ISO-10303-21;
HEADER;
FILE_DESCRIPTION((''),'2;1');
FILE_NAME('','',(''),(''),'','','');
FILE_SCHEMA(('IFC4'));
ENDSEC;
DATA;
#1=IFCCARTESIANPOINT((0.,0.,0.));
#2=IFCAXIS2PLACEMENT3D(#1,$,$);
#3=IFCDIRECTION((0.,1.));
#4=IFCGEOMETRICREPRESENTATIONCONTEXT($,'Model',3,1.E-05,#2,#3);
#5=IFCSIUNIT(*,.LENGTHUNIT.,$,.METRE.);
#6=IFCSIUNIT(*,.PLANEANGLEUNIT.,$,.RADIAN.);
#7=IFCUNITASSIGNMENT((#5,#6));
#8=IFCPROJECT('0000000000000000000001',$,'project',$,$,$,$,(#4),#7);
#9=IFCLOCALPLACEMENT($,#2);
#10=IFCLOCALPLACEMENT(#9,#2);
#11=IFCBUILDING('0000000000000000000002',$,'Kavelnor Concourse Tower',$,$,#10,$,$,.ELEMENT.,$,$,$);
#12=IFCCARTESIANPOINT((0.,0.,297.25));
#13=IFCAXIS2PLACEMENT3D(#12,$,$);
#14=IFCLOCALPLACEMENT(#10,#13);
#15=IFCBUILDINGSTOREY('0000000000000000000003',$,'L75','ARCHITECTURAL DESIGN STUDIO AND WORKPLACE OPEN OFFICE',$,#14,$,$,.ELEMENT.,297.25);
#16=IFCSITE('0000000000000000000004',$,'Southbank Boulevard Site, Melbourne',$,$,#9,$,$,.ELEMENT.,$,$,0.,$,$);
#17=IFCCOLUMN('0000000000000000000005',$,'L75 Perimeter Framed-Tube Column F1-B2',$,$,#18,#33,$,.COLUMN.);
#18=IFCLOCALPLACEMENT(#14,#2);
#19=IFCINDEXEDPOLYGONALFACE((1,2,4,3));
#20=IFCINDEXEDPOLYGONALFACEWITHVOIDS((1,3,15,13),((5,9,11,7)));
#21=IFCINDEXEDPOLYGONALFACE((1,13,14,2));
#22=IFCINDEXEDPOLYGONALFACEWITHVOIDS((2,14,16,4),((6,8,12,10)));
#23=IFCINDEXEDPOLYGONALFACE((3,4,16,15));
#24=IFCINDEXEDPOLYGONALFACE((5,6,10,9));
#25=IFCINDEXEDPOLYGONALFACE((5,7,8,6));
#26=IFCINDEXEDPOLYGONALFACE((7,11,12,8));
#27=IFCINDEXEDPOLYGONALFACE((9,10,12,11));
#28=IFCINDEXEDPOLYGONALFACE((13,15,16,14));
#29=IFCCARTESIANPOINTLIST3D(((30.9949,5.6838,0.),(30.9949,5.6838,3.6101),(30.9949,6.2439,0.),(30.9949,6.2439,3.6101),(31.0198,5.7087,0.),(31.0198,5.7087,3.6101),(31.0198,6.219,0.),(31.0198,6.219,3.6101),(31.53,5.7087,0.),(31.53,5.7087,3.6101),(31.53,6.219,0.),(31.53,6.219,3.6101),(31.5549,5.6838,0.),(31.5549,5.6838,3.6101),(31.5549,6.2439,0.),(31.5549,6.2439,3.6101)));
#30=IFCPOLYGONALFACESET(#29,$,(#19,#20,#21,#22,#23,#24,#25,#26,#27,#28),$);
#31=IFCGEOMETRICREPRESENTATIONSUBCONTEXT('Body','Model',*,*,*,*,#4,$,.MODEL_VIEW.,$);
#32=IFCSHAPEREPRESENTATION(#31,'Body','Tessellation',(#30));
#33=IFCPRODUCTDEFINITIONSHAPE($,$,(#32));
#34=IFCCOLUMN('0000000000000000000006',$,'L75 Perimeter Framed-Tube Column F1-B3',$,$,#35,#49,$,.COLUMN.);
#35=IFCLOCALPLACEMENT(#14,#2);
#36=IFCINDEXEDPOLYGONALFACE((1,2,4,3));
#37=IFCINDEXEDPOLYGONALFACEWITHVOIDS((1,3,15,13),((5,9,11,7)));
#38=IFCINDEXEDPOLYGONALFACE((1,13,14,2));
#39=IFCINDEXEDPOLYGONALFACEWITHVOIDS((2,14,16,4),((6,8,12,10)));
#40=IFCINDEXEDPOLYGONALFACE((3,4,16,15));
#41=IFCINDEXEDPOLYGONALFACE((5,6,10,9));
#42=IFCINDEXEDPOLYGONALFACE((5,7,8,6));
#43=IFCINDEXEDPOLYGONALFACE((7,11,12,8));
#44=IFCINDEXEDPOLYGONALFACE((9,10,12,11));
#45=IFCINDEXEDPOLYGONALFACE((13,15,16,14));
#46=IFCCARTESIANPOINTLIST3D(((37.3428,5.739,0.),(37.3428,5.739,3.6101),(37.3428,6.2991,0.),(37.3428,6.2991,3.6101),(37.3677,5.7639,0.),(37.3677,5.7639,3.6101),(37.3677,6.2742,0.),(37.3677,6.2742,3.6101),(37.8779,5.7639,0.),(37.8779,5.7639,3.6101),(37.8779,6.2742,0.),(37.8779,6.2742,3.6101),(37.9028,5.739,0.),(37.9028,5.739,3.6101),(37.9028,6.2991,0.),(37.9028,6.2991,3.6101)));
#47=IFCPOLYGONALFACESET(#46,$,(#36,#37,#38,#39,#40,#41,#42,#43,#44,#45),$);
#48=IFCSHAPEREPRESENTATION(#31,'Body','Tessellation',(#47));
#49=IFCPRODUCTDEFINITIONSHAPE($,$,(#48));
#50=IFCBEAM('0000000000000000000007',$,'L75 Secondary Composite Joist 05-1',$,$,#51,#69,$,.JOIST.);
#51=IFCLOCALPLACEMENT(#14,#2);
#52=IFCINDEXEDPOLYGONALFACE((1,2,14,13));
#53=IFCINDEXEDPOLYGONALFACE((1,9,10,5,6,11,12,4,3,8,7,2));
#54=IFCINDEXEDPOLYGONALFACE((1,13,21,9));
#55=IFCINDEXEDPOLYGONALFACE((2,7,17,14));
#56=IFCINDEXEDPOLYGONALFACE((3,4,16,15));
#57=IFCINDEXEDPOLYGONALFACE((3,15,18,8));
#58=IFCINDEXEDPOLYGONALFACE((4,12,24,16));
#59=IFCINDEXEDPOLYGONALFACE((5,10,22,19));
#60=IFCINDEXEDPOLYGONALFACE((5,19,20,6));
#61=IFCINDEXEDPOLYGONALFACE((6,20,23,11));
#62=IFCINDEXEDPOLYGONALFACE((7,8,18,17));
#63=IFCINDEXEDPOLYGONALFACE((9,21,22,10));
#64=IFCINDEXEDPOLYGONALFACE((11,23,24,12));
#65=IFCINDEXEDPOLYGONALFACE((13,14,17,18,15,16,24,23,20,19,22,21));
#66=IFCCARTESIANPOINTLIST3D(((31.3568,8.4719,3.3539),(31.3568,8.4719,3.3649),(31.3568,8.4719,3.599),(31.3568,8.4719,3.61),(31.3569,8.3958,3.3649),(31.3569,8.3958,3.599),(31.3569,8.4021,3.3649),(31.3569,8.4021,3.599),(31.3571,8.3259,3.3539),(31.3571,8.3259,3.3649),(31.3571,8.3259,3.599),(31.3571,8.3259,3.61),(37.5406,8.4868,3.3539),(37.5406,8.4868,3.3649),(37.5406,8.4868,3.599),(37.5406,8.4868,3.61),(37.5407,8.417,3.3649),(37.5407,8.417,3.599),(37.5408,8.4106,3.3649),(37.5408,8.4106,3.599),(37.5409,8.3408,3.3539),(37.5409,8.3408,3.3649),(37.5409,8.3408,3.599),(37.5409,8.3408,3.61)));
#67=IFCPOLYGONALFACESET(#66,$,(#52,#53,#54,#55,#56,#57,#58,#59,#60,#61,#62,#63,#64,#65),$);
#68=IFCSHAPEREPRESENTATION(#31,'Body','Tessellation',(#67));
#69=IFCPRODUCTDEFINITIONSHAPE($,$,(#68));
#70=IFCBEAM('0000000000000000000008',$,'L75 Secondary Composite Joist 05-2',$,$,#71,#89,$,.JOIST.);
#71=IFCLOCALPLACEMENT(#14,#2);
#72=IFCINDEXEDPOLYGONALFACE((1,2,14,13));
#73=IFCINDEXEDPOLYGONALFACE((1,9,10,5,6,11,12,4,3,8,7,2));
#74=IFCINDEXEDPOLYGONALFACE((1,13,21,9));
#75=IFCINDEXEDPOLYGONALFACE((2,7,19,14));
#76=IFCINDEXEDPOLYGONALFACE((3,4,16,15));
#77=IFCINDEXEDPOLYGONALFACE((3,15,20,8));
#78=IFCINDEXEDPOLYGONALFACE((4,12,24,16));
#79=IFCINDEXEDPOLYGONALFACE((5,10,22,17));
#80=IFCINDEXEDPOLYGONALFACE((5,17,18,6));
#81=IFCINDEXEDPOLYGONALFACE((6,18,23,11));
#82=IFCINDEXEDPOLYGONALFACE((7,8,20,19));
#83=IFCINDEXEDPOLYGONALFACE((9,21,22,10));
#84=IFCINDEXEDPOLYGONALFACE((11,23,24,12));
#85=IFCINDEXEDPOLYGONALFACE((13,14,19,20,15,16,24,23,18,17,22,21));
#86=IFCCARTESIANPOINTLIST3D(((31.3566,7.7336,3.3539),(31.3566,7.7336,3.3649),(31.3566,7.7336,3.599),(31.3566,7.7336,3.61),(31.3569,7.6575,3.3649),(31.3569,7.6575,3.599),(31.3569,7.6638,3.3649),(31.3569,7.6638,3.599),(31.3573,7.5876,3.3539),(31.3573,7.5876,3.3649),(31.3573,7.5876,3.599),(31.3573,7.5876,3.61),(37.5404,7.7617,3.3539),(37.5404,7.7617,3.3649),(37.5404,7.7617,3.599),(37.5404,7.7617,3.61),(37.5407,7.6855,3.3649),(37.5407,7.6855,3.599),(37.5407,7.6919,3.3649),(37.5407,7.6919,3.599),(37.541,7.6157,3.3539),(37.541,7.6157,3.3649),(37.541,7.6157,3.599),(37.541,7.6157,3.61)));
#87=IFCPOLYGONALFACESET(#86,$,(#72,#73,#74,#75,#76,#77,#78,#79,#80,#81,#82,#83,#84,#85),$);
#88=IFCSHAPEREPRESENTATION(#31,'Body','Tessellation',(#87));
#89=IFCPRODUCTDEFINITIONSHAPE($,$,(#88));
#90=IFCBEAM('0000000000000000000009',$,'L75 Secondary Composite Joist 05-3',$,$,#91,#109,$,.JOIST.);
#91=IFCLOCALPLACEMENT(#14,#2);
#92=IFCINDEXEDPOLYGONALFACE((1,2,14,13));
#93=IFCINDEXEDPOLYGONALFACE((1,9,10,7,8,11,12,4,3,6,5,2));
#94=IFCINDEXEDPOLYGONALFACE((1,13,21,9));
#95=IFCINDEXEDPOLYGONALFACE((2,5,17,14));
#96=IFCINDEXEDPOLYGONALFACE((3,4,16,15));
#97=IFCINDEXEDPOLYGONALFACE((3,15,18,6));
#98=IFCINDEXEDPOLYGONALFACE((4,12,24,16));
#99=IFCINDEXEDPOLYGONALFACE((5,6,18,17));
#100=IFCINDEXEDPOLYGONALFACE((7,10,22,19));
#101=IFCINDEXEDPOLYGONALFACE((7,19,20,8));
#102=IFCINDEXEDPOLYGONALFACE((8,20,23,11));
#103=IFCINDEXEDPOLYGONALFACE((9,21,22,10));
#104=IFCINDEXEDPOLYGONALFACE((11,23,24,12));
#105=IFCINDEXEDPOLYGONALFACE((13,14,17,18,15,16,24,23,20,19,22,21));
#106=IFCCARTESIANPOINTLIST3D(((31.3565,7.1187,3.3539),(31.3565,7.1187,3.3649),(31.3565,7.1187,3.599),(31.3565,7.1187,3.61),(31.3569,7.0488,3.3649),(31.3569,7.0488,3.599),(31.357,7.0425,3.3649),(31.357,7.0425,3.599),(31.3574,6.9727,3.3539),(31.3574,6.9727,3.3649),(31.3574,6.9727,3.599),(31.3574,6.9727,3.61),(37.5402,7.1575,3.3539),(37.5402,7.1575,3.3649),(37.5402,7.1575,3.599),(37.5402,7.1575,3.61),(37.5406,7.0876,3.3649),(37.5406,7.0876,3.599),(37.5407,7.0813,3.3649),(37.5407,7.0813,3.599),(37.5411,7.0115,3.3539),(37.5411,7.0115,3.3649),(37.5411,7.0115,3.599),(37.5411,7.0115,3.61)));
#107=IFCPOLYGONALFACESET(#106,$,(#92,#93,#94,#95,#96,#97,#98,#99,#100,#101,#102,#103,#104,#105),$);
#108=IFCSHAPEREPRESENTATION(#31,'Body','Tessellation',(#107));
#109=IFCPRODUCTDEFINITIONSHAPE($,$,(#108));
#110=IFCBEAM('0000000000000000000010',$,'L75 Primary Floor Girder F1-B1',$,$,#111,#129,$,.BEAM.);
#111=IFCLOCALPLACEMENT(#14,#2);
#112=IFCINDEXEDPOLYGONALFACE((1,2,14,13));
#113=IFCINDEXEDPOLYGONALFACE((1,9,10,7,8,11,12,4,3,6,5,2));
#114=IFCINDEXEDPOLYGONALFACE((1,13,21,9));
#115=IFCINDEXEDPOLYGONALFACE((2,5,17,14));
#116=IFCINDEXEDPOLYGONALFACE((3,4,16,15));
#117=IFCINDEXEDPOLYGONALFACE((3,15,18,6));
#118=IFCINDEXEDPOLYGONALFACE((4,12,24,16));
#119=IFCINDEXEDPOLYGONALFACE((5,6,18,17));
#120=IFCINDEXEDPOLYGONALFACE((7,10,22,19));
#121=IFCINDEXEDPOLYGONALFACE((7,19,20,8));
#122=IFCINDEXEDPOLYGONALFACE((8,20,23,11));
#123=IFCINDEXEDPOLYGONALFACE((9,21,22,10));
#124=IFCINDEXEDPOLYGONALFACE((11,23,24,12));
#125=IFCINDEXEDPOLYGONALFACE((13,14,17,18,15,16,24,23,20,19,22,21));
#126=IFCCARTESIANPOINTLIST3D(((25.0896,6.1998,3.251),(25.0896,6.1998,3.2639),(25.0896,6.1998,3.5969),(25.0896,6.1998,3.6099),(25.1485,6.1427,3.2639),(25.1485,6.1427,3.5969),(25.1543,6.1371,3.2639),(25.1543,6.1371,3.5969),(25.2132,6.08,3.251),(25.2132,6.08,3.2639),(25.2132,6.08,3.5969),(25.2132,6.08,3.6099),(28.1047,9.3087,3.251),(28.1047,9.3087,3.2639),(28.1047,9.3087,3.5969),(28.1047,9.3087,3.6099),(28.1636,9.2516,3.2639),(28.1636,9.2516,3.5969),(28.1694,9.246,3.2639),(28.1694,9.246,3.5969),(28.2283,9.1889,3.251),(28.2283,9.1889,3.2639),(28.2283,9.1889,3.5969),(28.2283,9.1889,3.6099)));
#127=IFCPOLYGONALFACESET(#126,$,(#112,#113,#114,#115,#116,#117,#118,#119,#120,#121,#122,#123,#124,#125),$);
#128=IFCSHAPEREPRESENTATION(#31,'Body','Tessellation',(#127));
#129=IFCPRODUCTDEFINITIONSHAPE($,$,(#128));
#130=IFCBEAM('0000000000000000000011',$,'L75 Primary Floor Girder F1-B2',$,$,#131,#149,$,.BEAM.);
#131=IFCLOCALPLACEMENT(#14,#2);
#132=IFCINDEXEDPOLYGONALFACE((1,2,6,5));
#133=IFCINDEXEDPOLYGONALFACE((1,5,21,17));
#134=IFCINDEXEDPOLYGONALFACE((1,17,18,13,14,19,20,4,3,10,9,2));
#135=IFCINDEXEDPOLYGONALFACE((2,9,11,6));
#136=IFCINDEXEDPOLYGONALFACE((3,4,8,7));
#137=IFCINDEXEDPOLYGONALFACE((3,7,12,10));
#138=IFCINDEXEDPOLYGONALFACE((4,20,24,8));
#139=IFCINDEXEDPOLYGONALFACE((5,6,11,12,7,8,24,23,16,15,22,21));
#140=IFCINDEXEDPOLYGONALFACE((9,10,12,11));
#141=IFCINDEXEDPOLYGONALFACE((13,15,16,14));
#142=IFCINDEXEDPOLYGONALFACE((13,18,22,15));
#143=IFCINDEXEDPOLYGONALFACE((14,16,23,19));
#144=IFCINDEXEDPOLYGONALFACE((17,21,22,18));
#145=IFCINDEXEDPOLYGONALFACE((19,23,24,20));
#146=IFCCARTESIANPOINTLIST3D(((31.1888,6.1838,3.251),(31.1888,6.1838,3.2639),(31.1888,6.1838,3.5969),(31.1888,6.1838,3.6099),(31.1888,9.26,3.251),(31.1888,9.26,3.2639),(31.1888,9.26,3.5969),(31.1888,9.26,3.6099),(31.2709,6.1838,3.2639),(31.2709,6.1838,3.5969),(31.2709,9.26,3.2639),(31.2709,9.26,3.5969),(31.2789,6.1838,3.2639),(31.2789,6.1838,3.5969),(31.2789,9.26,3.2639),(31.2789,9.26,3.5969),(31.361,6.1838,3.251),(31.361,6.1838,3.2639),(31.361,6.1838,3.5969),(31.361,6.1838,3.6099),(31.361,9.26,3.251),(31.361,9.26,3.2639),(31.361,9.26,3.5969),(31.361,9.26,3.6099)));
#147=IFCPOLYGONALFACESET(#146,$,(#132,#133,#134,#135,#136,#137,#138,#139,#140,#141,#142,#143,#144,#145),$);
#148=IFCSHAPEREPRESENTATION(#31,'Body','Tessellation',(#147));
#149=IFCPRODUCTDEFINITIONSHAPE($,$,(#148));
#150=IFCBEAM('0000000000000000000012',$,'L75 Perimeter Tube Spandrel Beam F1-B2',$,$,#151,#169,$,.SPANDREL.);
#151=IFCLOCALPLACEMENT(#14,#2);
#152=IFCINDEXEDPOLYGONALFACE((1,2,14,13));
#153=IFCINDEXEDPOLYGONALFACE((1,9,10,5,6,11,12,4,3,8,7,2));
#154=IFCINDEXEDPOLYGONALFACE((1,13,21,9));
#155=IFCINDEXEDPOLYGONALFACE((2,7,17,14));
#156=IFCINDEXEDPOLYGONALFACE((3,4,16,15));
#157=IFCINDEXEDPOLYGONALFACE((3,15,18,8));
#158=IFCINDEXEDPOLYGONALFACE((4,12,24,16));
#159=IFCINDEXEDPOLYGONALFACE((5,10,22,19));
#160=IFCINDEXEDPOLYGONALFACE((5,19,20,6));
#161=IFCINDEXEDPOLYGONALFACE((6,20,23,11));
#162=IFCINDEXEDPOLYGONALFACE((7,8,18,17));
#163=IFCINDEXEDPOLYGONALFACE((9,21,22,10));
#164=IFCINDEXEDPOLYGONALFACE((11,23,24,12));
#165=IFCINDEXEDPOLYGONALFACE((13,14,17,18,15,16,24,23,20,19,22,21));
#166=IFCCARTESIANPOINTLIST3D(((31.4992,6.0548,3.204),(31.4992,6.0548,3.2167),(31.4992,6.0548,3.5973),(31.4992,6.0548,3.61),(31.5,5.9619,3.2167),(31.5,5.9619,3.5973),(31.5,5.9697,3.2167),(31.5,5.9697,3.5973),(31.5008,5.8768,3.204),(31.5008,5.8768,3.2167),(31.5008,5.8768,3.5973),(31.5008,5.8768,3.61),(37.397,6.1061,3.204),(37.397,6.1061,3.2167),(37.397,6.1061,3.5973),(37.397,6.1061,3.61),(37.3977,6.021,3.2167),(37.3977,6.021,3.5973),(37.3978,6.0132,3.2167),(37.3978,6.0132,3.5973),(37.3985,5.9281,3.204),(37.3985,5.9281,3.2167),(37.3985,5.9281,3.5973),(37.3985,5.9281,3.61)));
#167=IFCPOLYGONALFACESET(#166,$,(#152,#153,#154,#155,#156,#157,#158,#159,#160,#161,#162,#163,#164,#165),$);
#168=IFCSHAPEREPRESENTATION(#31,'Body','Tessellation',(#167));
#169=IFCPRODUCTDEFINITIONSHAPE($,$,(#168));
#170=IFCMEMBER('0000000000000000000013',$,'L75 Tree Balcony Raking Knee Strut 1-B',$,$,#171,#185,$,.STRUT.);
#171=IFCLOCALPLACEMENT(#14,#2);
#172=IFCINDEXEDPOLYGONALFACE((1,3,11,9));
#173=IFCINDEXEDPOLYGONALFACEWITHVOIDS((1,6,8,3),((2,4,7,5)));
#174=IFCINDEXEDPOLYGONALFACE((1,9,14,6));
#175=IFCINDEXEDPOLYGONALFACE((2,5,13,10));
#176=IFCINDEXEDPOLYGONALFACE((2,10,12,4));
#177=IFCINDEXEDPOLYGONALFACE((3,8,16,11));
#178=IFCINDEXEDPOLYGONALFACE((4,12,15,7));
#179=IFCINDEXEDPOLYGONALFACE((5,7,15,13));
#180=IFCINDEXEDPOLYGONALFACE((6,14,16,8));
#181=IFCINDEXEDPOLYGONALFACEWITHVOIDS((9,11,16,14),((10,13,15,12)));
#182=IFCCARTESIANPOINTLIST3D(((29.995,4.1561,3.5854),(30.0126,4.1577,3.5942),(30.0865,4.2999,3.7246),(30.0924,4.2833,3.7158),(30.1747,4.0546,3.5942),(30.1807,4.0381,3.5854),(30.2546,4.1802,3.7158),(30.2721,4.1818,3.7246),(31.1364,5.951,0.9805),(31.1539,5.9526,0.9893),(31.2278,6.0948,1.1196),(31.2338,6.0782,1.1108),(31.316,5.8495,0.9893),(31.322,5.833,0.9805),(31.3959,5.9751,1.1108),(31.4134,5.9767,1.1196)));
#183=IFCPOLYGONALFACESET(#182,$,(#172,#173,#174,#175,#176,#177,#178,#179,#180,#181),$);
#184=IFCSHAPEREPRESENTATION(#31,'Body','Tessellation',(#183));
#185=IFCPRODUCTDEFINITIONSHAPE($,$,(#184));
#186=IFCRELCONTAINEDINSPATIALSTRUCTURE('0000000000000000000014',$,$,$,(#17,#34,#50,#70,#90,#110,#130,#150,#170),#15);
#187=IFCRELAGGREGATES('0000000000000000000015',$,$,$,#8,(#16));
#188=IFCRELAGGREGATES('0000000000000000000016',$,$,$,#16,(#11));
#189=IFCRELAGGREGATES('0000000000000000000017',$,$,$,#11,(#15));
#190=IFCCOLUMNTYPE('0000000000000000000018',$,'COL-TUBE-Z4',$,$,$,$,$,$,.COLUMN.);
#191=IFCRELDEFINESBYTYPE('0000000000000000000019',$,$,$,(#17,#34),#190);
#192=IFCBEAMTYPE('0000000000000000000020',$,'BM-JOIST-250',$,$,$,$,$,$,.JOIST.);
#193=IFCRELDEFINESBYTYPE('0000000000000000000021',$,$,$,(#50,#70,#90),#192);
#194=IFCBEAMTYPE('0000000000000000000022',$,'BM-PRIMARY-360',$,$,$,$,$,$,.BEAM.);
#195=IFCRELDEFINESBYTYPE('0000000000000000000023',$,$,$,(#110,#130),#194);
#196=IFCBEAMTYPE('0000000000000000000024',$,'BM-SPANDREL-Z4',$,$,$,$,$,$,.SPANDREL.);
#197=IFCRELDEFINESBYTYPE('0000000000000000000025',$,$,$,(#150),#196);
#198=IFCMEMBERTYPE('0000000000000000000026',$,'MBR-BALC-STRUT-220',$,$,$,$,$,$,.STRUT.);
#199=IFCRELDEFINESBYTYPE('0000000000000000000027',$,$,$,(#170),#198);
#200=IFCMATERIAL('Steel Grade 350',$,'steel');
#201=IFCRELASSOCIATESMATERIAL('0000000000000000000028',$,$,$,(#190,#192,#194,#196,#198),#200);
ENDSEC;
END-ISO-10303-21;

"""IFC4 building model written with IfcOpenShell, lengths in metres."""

from ifc_helpers import new_model, si_unit, direction, frame, origin, origin_2d, place, context, subcontext, project, spatial, hollow_rectangle, i_section, extrude, material, material_profile, profile_set, type_object, element, save


model = new_model("IFC4")

# Units and contexts
model_context = context("Model", 3, precision=1e-05, world=origin(), true_north=direction((0.0, 1.0)))
body_context = subcontext(model_context, "Body", "Model", "MODEL_VIEW")
ifc_project = project(units=[si_unit("LENGTHUNIT", "METRE"), si_unit("PLANEANGLEUNIT", "RADIAN")], contexts=[model_context])

# Site, building, storey
site_placement = place(None, origin())
site = spatial("IfcSite", under=ifc_project, at=site_placement, Name="Southbank Boulevard Site, Melbourne", CompositionType="ELEMENT", RefElevation=0.0)
building_placement = place(site_placement, origin())
building = spatial("IfcBuilding", under=site, at=building_placement, Name="Kavelnor Concourse Tower", CompositionType="ELEMENT")
storey_placement = place(building_placement, frame((0.0, 0.0, 297.25)))
storey = spatial("IfcBuildingStorey", under=building, at=storey_placement, Name="L75", Description="ARCHITECTURAL DESIGN STUDIO AND WORKPLACE OPEN OFFICE", CompositionType="ELEMENT", Elevation=297.25)

# Columns
ifc_material_1 = material(Name="Steel Grade 350", Category="steel")
ifc_material_profile_1 = material_profile(ifc_material_1, hollow_rectangle(XDim=0.5601, YDim=0.5601, WallThickness=0.0249, at=origin_2d()), Name="SHS 560x560x25")
ifc_profile_set_1 = profile_set([ifc_material_profile_1], Name="Steel Grade 350")
column_type = type_object("IfcColumnType", Name="COL-TUBE-Z4", PredefinedType="COLUMN", material=ifc_profile_set_1)
for number, where, z_axis, x_axis, name in (
    (1, (31.2749, 5.9639, 0.0), (0.0, 0.0, 1.0), (1.0, 0.0, 0.0), "L75 Perimeter Framed-Tube Column F1-B2"),
    (2, (37.6228, 6.019, 0.0), (0.0, 0.0, 1.0), (1.0, 0.0, 0.0), "L75 Perimeter Framed-Tube Column F1-B3"),
):
    element("IfcColumn", number, at=place(storey_placement, frame(where, z_axis=z_axis, x_axis=x_axis)), inside=storey, type_object=column_type, Name=name, PredefinedType="COLUMN", context=body_context, shape_type="SweptSolid", body=[
        extrude(hollow_rectangle(XDim=0.5601, YDim=0.5601, WallThickness=0.0249, at=origin_2d()), origin(), (0.0, 0.0, 1.0), 3.6101),
    ])

# Beams
ifc_material_profile_2 = material_profile(ifc_material_1, i_section(OverallWidth=0.146, OverallDepth=0.2561, WebThickness=0.0063, FlangeThickness=0.011, at=origin_2d()), Name="250UB37")
ifc_profile_set_2 = profile_set([ifc_material_profile_2], Name="Steel Grade 350")
beam_type_1 = type_object("IfcBeamType", Name="BM-JOIST-250", PredefinedType="JOIST", material=ifc_profile_set_2)
for number, where, z_axis, x_axis, name in (
    (3, (31.3569, 8.3989, 3.4819), (0.999997, 0.002408, 0.0), (-0.002408, 0.999997, 0.0), "L75 Secondary Composite Joist 05-1"),
    (4, (31.3569, 7.6606, 3.4819), (0.99999, 0.00454, 0.0), (-0.00454, 0.99999, 0.0), "L75 Secondary Composite Joist 05-2"),
    (5, (31.3569, 7.0457, 3.4819), (0.99998, 0.006277, 0.0), (-0.006277, 0.99998, 0.0), "L75 Secondary Composite Joist 05-3"),
):
    element("IfcBeam", number, at=place(storey_placement, frame(where, z_axis=z_axis, x_axis=x_axis)), inside=storey, type_object=beam_type_1, Name=name, PredefinedType="JOIST", context=body_context, shape_type="SweptSolid", body=[
        extrude(i_section(OverallWidth=0.146, OverallDepth=0.2561, WebThickness=0.0063, FlangeThickness=0.011, at=origin_2d()), origin(), (0.0, 0.0, 1.0), 6.1838),
    ])
ifc_material_profile_3 = material_profile(ifc_material_1, i_section(OverallWidth=0.1721, OverallDepth=0.3589, WebThickness=0.0081, FlangeThickness=0.0129, at=origin_2d()), Name="360UB56")
ifc_profile_set_3 = profile_set([ifc_material_profile_3], Name="Steel Grade 350")
beam_type_2 = type_object("IfcBeamType", Name="BM-PRIMARY-360", PredefinedType="BEAM", material=ifc_profile_set_3)
beam_1_placement = place(storey_placement, frame((28.1665, 9.2488, 3.4304), z_axis=(-0.6962, -0.717847, 0.0), x_axis=(0.717847, -0.6962, 0.0)))
element("IfcBeam", 6, at=beam_1_placement, inside=storey, type_object=beam_type_2, Name="L75 Primary Floor Girder F1-B1", PredefinedType="BEAM", context=body_context, shape_type="SweptSolid", body=[
    extrude(i_section(OverallWidth=0.1721, OverallDepth=0.3589, WebThickness=0.0081, FlangeThickness=0.0129, at=origin_2d()), origin(), (0.0, 0.0, 1.0), 4.3308),
])
beam_2_placement = place(storey_placement, frame((31.2749, 9.26, 3.4304), z_axis=(0.0, -1.0, 0.0), x_axis=(1.0, 0.0, 0.0)))
element("IfcBeam", 7, at=beam_2_placement, inside=storey, type_object=beam_type_2, Name="L75 Primary Floor Girder F1-B2", PredefinedType="BEAM", context=body_context, shape_type="SweptSolid", body=[
    extrude(i_section(OverallWidth=0.1721, OverallDepth=0.3589, WebThickness=0.0081, FlangeThickness=0.0129, at=origin_2d()), origin(), (0.0, 0.0, 1.0), 3.0762),
])
ifc_material_profile_4 = material_profile(ifc_material_1, i_section(OverallWidth=0.178, OverallDepth=0.406, WebThickness=0.0078, FlangeThickness=0.0127, at=origin_2d()), Name="410UB59")
ifc_profile_set_4 = profile_set([ifc_material_profile_4], Name="Steel Grade 350")
beam_type_3 = type_object("IfcBeamType", Name="BM-SPANDREL-Z4", PredefinedType="SPANDREL", material=ifc_profile_set_4)
beam_3_placement = place(storey_placement, frame((31.5, 5.9658, 3.407), z_axis=(0.999962, 0.008693, 0.0), x_axis=(-0.008693, 0.999962, 0.0)))
element("IfcBeam", 8, at=beam_3_placement, inside=storey, type_object=beam_type_3, Name="L75 Perimeter Tube Spandrel Beam F1-B2", PredefinedType="SPANDREL", context=body_context, shape_type="SweptSolid", body=[
    extrude(i_section(OverallWidth=0.178, OverallDepth=0.406, WebThickness=0.0078, FlangeThickness=0.0127, at=origin_2d()), origin(), (0.0, 0.0, 1.0), 5.8979),
])

# Member
ifc_material_profile_5 = material_profile(ifc_material_1, hollow_rectangle(XDim=0.22, YDim=0.22, WallThickness=0.0139, at=origin_2d()), Name="SHS 220x220x14")
ifc_profile_set_5 = profile_set([ifc_material_profile_5], Name="Steel Grade 350")
member_type_1 = type_object("IfcMemberType", Name="MBR-BALC-STRUT-220", PredefinedType="STRUT", material=ifc_profile_set_5)
member_1_placement = place(storey_placement, frame((31.2749, 5.9639, 1.05), z_axis=(-0.339378, -0.533712, 0.77458), x_axis=(0.843846, -0.536586, 0.0)))
element("IfcMember", 9, at=member_1_placement, inside=storey, type_object=member_type_1, Name="L75 Tree Balcony Raking Knee Strut 1-B", PredefinedType="STRUT", context=body_context, shape_type="SweptSolid", body=[
    extrude(hollow_rectangle(XDim=0.22, YDim=0.22, WallThickness=0.0139, at=origin_2d()), origin(), (0.0, 0.0, 1.0), 3.363),
])

save(model, "model.ifc")
